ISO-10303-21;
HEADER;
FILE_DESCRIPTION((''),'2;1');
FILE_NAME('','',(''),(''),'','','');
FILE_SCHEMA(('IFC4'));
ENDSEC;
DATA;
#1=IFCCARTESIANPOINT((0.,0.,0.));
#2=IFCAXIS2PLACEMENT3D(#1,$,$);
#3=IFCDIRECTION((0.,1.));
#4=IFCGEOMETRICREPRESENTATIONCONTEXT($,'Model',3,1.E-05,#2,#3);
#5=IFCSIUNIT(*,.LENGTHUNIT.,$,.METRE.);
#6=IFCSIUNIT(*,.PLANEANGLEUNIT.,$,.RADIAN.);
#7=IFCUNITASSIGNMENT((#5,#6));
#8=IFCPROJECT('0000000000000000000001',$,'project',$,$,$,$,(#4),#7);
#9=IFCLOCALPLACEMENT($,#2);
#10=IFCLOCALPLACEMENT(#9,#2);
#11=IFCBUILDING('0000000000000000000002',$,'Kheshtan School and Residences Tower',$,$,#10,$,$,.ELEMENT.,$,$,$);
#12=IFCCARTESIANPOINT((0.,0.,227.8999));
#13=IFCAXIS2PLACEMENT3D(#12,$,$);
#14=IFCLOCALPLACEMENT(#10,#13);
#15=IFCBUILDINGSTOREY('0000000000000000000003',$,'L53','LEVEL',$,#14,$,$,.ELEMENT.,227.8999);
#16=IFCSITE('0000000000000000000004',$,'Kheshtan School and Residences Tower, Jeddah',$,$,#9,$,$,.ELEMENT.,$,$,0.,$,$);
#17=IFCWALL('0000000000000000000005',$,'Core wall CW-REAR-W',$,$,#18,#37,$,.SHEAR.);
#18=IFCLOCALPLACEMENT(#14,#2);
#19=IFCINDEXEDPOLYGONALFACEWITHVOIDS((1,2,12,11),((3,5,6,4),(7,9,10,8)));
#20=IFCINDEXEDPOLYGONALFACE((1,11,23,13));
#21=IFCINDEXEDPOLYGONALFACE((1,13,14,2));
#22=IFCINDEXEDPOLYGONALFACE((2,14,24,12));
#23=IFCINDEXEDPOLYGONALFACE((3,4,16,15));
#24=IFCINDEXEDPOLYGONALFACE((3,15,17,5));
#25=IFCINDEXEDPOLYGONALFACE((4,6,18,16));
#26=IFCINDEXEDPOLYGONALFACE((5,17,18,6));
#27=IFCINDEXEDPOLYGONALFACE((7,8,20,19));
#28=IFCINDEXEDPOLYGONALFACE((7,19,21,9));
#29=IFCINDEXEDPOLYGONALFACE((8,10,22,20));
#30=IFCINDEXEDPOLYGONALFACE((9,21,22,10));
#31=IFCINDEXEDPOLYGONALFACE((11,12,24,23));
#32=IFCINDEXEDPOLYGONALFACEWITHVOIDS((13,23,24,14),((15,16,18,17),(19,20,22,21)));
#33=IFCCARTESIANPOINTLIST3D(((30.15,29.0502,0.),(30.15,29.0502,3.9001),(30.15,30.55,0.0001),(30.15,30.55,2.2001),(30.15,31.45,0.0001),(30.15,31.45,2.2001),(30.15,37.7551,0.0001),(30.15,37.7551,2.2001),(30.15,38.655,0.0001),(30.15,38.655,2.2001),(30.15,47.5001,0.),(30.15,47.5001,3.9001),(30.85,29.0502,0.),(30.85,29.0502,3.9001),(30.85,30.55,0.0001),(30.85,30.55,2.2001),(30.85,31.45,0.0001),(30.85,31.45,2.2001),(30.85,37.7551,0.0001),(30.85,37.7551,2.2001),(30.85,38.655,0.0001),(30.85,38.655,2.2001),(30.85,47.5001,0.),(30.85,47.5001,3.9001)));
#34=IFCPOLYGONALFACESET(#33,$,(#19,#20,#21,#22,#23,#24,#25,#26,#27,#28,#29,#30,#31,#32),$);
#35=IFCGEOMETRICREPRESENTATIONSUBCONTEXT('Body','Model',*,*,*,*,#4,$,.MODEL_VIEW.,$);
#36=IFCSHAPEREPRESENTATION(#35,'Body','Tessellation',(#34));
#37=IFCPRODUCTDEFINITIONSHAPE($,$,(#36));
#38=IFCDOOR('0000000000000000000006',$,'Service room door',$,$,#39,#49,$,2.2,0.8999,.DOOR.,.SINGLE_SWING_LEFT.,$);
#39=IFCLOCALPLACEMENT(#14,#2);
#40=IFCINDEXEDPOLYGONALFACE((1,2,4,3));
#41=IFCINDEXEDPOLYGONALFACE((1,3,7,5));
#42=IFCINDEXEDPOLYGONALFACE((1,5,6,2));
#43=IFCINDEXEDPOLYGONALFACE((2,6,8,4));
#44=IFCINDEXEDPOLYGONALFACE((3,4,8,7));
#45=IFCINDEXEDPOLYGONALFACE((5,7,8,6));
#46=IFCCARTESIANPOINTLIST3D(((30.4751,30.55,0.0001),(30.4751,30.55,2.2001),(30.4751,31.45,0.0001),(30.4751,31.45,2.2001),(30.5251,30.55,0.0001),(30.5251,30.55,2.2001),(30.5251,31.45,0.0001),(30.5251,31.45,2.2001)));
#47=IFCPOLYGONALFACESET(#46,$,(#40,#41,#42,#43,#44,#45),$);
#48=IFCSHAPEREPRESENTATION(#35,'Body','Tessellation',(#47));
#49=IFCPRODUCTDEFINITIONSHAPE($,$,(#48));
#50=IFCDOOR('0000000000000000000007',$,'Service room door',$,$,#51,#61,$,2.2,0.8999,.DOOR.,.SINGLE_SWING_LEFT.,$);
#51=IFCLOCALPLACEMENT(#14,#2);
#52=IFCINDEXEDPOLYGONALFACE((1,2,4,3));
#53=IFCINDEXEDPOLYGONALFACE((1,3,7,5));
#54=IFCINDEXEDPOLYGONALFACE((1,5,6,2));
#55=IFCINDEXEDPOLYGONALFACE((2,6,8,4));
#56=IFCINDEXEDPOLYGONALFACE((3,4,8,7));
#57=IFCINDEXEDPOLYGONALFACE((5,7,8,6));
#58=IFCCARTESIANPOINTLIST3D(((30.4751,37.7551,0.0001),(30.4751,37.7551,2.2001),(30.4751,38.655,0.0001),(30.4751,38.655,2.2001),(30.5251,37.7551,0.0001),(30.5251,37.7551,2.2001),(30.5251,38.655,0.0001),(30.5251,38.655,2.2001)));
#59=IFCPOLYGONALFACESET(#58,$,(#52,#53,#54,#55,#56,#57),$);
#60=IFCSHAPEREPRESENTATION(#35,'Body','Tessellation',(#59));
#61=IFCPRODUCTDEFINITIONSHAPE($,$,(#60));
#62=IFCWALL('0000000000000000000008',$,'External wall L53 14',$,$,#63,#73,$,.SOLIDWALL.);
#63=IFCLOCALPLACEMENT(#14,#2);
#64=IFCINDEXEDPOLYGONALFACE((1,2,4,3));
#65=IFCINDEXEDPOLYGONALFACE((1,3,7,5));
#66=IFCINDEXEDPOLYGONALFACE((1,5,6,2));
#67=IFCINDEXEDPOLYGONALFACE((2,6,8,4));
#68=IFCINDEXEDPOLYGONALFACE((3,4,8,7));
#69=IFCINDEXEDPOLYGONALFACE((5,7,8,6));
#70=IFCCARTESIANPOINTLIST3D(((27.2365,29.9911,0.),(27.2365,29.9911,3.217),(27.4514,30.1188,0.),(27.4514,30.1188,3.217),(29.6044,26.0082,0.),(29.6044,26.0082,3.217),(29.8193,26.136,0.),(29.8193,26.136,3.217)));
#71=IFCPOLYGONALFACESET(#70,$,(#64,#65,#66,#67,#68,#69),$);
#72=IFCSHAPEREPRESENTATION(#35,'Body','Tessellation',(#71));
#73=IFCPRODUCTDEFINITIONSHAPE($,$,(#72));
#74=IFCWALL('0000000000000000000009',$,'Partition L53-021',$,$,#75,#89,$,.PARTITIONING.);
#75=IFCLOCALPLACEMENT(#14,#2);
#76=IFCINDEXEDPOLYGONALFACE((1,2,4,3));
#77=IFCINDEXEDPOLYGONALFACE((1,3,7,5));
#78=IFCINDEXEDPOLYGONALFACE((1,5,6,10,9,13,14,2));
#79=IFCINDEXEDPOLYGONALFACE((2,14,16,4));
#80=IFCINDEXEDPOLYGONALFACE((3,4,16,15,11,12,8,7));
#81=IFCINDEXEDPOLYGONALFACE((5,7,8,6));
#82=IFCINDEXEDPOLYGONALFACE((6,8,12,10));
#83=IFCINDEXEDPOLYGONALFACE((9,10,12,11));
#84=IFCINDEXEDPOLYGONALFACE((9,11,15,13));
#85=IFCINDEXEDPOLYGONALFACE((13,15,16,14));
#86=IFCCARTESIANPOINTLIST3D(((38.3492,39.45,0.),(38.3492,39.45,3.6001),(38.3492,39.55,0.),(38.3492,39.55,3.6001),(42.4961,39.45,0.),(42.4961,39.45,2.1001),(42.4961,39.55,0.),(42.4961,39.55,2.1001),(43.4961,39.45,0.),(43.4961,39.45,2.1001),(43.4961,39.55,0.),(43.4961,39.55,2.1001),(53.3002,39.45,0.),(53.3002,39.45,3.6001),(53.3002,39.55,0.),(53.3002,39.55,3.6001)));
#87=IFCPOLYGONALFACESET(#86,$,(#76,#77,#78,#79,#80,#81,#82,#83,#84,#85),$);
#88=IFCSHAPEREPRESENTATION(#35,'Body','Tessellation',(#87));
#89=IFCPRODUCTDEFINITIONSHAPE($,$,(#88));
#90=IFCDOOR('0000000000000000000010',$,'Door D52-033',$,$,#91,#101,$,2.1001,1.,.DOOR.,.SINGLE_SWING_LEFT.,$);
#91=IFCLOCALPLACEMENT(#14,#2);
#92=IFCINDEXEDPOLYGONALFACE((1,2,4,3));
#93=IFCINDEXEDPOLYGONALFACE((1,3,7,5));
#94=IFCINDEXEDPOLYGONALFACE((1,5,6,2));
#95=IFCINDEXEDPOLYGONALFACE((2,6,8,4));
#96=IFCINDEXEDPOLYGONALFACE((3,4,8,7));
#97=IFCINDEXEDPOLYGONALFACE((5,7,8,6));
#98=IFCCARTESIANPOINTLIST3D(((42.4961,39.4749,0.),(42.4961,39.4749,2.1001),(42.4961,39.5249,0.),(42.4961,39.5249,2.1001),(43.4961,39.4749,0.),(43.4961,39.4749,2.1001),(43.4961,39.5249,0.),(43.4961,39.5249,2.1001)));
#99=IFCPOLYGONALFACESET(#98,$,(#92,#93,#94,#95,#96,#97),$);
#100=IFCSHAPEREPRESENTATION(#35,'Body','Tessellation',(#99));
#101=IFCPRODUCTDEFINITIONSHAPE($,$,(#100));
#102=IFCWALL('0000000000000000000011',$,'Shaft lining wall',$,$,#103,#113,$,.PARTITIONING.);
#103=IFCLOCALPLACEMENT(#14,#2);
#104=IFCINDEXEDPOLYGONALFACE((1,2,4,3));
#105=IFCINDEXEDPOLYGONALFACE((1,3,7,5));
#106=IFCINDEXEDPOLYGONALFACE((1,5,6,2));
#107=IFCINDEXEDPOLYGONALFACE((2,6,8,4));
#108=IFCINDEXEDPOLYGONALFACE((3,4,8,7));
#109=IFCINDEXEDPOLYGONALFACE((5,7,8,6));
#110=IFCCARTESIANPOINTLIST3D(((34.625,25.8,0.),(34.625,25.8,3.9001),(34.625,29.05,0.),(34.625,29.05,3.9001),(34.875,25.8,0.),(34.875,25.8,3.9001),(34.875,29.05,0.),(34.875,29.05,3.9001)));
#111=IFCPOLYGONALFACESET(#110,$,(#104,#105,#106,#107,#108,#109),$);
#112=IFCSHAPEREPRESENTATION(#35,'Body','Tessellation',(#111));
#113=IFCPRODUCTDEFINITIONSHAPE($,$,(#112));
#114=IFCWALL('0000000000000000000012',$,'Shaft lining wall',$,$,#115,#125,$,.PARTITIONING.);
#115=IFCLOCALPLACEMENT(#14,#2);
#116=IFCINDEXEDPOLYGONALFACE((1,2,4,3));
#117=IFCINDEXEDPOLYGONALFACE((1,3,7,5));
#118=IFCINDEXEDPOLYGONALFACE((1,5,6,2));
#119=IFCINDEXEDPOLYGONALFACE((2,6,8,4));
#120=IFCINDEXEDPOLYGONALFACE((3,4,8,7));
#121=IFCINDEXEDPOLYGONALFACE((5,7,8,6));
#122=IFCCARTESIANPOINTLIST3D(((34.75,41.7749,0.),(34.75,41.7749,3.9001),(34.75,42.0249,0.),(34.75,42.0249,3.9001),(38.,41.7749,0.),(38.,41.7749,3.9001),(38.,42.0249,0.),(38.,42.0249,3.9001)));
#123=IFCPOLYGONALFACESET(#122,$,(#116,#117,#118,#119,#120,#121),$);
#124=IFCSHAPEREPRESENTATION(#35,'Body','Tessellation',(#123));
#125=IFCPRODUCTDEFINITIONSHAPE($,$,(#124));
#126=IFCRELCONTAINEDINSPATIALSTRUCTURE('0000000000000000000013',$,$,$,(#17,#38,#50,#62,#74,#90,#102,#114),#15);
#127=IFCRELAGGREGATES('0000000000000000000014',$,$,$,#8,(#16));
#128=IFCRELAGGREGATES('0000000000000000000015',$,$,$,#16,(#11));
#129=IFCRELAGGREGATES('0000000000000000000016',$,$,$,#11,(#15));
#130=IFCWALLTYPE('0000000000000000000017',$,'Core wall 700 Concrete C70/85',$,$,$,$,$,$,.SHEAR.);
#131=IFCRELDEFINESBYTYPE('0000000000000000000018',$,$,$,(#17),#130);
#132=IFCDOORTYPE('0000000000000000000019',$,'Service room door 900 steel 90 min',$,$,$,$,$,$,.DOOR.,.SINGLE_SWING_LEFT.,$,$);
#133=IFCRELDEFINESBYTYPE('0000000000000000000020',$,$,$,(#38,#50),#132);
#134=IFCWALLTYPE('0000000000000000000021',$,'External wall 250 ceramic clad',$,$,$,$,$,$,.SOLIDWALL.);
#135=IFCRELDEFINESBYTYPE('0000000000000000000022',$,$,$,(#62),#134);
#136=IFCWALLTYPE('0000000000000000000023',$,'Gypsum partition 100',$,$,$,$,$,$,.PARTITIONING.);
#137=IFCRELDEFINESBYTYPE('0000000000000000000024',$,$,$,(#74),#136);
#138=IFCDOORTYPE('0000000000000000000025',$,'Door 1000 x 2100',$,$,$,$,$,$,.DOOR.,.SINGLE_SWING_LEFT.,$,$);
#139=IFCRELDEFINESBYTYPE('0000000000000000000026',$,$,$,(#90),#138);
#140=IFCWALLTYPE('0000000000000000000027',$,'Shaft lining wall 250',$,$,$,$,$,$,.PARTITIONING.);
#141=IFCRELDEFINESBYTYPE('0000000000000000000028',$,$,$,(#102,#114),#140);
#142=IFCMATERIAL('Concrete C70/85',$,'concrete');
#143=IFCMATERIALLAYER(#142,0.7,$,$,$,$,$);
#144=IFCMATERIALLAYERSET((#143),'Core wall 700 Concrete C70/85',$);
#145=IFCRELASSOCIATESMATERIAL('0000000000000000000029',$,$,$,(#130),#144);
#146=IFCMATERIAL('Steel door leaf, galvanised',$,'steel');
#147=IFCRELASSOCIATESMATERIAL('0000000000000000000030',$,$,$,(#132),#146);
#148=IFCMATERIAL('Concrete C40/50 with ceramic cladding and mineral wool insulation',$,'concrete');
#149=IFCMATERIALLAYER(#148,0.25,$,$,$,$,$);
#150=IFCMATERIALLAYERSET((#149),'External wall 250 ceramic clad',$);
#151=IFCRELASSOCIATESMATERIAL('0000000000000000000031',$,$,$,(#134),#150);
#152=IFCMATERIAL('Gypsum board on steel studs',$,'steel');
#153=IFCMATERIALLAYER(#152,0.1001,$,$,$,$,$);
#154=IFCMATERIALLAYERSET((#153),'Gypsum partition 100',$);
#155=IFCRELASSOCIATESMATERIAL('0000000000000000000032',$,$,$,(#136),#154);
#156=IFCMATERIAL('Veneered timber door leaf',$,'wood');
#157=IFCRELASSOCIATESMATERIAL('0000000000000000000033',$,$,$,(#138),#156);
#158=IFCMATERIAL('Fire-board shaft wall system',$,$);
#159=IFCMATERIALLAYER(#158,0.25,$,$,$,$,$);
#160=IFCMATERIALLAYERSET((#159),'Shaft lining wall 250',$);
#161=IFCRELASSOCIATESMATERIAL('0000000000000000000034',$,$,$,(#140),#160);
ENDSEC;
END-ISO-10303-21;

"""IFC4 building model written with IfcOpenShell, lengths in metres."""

from ifc_helpers import new_model, si_unit, direction, frame, frame_2d, origin, place, context, subcontext, project, spatial, rectangle, extrude, source, transform, mapped, material, layer, layer_set, type_object, element, fill, save


model = new_model("IFC4")

# Units and contexts
model_context = context("Model", 3, precision=1e-05, world=origin(), true_north=direction((0.0, 1.0)))
body_context = subcontext(model_context, "Body", "Model", "MODEL_VIEW")
ifc_project = project(units=[si_unit("LENGTHUNIT", "METRE"), si_unit("PLANEANGLEUNIT", "RADIAN")], contexts=[model_context])

# Site, building, storey
site_placement = place(None, origin())
site = spatial("IfcSite", under=ifc_project, at=site_placement, Name="Kheshtan School and Residences Tower, Jeddah", CompositionType="ELEMENT", RefElevation=0.0)
building_placement = place(site_placement, origin())
building = spatial("IfcBuilding", under=site, at=building_placement, Name="Kheshtan School and Residences Tower", CompositionType="ELEMENT")
storey_placement = place(building_placement, frame((0.0, 0.0, 227.8999)))
storey = spatial("IfcBuildingStorey", under=building, at=storey_placement, Name="L53", Description="LEVEL", CompositionType="ELEMENT", Elevation=227.8999)

# Shared definitions
ifc_material_1 = material(Name="Steel door leaf, galvanised", Category="steel")

# Shared definitions
ifc_material_2 = material(Name="Concrete C70/85", Category="concrete")
ifc_layer_1 = layer(ifc_material_2, 0.7)
ifc_layer_set_1 = layer_set([ifc_layer_1], Name="Core wall 700 Concrete C70/85")
wall_type_1 = type_object("IfcWallType", Name="Core wall 700 Concrete C70/85", PredefinedType="SHEAR", material=ifc_layer_set_1)

# Wall, openings, doors
wall_1_placement = place(storey_placement, frame((30.5, 29.05, 0.0), z_axis=(0.0, 0.0, 1.0), x_axis=(0.0, 1.0, 0.0)))
wall_1 = element("IfcWall", 1, at=wall_1_placement, inside=storey, type_object=wall_type_1, Name="Core wall CW-REAR-W", PredefinedType="SHEAR", context=body_context, shape_type="SweptSolid", body=[
    extrude(rectangle(XDim=18.45, YDim=0.7, at=frame_2d((9.2251, 0.0))), origin(), (0.0, 0.0, 1.0), 3.9001),
])
opening_1_placement = place(wall_1_placement, frame((1.5, 0.0, 0.0)))
opening_1 = element("IfcOpeningElement", 2, at=opening_1_placement, cuts=wall_1, PredefinedType="OPENING", context=body_context, shape_type="SweptSolid", body=[
    extrude(rectangle(XDim=0.8999, YDim=2.2, at=frame_2d((0.45, 1.1001))), frame((0.0, 0.3599, 0.0), z_axis=(0.0, -1.0, 0.0), x_axis=(1.0, 0.0, 0.0)), (0.0, 0.0, 1.0), 0.72),
])
opening_2_placement = place(wall_1_placement, frame((8.7051, 0.0, 0.0)))
opening_2 = element("IfcOpeningElement", 3, at=opening_2_placement, cuts=wall_1, PredefinedType="OPENING", context=body_context, shape_type="SweptSolid", body=[
    extrude(rectangle(XDim=0.8999, YDim=2.2, at=frame_2d((0.45, 1.1001))), frame((0.0, 0.3599, 0.0), z_axis=(0.0, -1.0, 0.0), x_axis=(1.0, 0.0, 0.0)), (0.0, 0.0, 1.0), 0.72),
])
door_type_1 = type_object("IfcDoorType", Name="Service room door 900 steel 90 min", OperationType="SINGLE_SWING_LEFT", PredefinedType="DOOR", material=ifc_material_1)
shared_shape_1 = source(origin(), body_context, "Body", "SweptSolid", [
    extrude(rectangle(XDim=0.8999, YDim=2.2, at=frame_2d((0.45, 1.1001))), frame((0.0, 0.0249, 0.0), z_axis=(0.0, -1.0, 0.0), x_axis=(1.0, 0.0, 0.0)), (0.0, 0.0, 1.0), 0.05),
])
door_1_placement = place(opening_1_placement, origin())
door_1 = element("IfcDoor", 4, at=door_1_placement, inside=storey, type_object=door_type_1, Name="Service room door", OperationType="SINGLE_SWING_LEFT", OverallHeight=2.2, OverallWidth=0.8999, PredefinedType="DOOR", context=body_context, shape_type="MappedRepresentation", body=[
    mapped(shared_shape_1, transform((0.0, 0.0, 0.0), x_axis=(1.0, 0.0, 0.0), y_axis=(0.0, 1.0, 0.0), z_axis=(0.0, 0.0, 1.0), scale=1.0)),
])
fill(opening_1, door_1)
door_2_placement = place(opening_2_placement, origin())
door_2 = element("IfcDoor", 5, at=door_2_placement, inside=storey, type_object=door_type_1, Name="Service room door", OperationType="SINGLE_SWING_LEFT", OverallHeight=2.2, OverallWidth=0.8999, PredefinedType="DOOR", context=body_context, shape_type="MappedRepresentation", body=[
    mapped(shared_shape_1, transform((0.0, 0.0, 0.0), x_axis=(1.0, 0.0, 0.0), y_axis=(0.0, 1.0, 0.0), z_axis=(0.0, 0.0, 1.0), scale=1.0)),
])
fill(opening_2, door_2)

# Wall
ifc_material_3 = material(Name="Concrete C40/50 with ceramic cladding and mineral wool insulation", Category="concrete")
ifc_layer_2 = layer(ifc_material_3, 0.25)
ifc_layer_set_2 = layer_set([ifc_layer_2], Name="External wall 250 ceramic clad")
wall_type_2 = type_object("IfcWallType", Name="External wall 250 ceramic clad", PredefinedType="SOLIDWALL", material=ifc_layer_set_2)
wall_2_placement = place(storey_placement, frame((29.7119, 26.072, 0.0), z_axis=(0.0, 0.0, 1.0), x_axis=(-0.511028, 0.859564, 0.0)))
element("IfcWall", 6, at=wall_2_placement, inside=storey, type_object=wall_type_2, Name="External wall L53 14", PredefinedType="SOLIDWALL", context=body_context, shape_type="SweptSolid", body=[
    extrude(rectangle(XDim=4.6335, YDim=0.25, at=frame_2d((2.3169, 0.0))), origin(), (0.0, 0.0, 1.0), 3.217),
])

# Wall, opening, door
ifc_material_4 = material(Name="Gypsum board on steel studs", Category="steel")
ifc_layer_3 = layer(ifc_material_4, 0.1001)
ifc_layer_set_3 = layer_set([ifc_layer_3], Name="Gypsum partition 100")
wall_type_3 = type_object("IfcWallType", Name="Gypsum partition 100", PredefinedType="PARTITIONING", material=ifc_layer_set_3)
wall_3_placement = place(storey_placement, frame((38.3491, 39.5, 0.0), z_axis=(0.0, 0.0, 1.0), x_axis=(1.0, 0.0, 0.0)))
wall_3 = element("IfcWall", 7, at=wall_3_placement, inside=storey, type_object=wall_type_3, Name="Partition L53-021", PredefinedType="PARTITIONING", context=body_context, shape_type="SweptSolid", body=[
    extrude(rectangle(XDim=14.9509, YDim=0.1001, at=frame_2d((7.4756, 0.0))), origin(), (0.0, 0.0, 1.0), 3.6001),
])
opening_3_placement = place(wall_3_placement, frame((4.147, 0.0, 0.0)))
opening_3 = element("IfcOpeningElement", 8, at=opening_3_placement, cuts=wall_3, PredefinedType="OPENING", context=body_context, shape_type="SweptSolid", body=[
    extrude(rectangle(XDim=1.0, YDim=2.1001, at=frame_2d((0.5, 1.05))), frame((0.0, 0.0601, 0.0), z_axis=(0.0, -1.0, 0.0), x_axis=(1.0, 0.0, 0.0)), (0.0, 0.0, 1.0), 0.1201),
])
ifc_material_5 = material(Name="Veneered timber door leaf", Category="wood")
door_type_2 = type_object("IfcDoorType", Name="Door 1000 x 2100", OperationType="SINGLE_SWING_LEFT", PredefinedType="DOOR", material=ifc_material_5)
shared_shape_2 = source(origin(), body_context, "Body", "SweptSolid", [
    extrude(rectangle(XDim=1.0, YDim=2.1001, at=frame_2d((0.5, 1.05))), frame((0.0, 0.0249, 0.0), z_axis=(0.0, -1.0, 0.0), x_axis=(1.0, 0.0, 0.0)), (0.0, 0.0, 1.0), 0.05),
])
door_3_placement = place(opening_3_placement, origin())
door_3 = element("IfcDoor", 9, at=door_3_placement, inside=storey, type_object=door_type_2, Name="Door D52-033", OperationType="SINGLE_SWING_LEFT", OverallHeight=2.1001, OverallWidth=1.0, PredefinedType="DOOR", context=body_context, shape_type="MappedRepresentation", body=[
    mapped(shared_shape_2, transform((0.0, 0.0, 0.0), x_axis=(1.0, 0.0, 0.0), y_axis=(0.0, 1.0, 0.0), z_axis=(0.0, 0.0, 1.0), scale=1.0)),
])
fill(opening_3, door_3)

# Walls
ifc_material_6 = material(Name="Fire-board shaft wall system")
ifc_layer_4 = layer(ifc_material_6, 0.25)
ifc_layer_set_4 = layer_set([ifc_layer_4], Name="Shaft lining wall 250")
wall_type_4 = type_object("IfcWallType", Name="Shaft lining wall 250", PredefinedType="PARTITIONING", material=ifc_layer_set_4)
for number, where, z_axis, x_axis, name in (
    (10, (34.75, 25.8, 0.0), (0.0, 0.0, 1.0), (0.0, 1.0, 0.0), "Shaft lining wall"),
    (11, (34.75, 41.8999, 0.0), (0.0, 0.0, 1.0), (1.0, 0.0, 0.0), "Shaft lining wall"),
):
    element("IfcWall", number, at=place(storey_placement, frame(where, z_axis=z_axis, x_axis=x_axis)), inside=storey, type_object=wall_type_4, Name=name, PredefinedType="PARTITIONING", context=body_context, shape_type="SweptSolid", body=[
        extrude(rectangle(XDim=3.25, YDim=0.25, at=frame_2d((1.625, 0.0))), origin(), (0.0, 0.0, 1.0), 3.9001),
    ])

save(model, "model.ifc")
